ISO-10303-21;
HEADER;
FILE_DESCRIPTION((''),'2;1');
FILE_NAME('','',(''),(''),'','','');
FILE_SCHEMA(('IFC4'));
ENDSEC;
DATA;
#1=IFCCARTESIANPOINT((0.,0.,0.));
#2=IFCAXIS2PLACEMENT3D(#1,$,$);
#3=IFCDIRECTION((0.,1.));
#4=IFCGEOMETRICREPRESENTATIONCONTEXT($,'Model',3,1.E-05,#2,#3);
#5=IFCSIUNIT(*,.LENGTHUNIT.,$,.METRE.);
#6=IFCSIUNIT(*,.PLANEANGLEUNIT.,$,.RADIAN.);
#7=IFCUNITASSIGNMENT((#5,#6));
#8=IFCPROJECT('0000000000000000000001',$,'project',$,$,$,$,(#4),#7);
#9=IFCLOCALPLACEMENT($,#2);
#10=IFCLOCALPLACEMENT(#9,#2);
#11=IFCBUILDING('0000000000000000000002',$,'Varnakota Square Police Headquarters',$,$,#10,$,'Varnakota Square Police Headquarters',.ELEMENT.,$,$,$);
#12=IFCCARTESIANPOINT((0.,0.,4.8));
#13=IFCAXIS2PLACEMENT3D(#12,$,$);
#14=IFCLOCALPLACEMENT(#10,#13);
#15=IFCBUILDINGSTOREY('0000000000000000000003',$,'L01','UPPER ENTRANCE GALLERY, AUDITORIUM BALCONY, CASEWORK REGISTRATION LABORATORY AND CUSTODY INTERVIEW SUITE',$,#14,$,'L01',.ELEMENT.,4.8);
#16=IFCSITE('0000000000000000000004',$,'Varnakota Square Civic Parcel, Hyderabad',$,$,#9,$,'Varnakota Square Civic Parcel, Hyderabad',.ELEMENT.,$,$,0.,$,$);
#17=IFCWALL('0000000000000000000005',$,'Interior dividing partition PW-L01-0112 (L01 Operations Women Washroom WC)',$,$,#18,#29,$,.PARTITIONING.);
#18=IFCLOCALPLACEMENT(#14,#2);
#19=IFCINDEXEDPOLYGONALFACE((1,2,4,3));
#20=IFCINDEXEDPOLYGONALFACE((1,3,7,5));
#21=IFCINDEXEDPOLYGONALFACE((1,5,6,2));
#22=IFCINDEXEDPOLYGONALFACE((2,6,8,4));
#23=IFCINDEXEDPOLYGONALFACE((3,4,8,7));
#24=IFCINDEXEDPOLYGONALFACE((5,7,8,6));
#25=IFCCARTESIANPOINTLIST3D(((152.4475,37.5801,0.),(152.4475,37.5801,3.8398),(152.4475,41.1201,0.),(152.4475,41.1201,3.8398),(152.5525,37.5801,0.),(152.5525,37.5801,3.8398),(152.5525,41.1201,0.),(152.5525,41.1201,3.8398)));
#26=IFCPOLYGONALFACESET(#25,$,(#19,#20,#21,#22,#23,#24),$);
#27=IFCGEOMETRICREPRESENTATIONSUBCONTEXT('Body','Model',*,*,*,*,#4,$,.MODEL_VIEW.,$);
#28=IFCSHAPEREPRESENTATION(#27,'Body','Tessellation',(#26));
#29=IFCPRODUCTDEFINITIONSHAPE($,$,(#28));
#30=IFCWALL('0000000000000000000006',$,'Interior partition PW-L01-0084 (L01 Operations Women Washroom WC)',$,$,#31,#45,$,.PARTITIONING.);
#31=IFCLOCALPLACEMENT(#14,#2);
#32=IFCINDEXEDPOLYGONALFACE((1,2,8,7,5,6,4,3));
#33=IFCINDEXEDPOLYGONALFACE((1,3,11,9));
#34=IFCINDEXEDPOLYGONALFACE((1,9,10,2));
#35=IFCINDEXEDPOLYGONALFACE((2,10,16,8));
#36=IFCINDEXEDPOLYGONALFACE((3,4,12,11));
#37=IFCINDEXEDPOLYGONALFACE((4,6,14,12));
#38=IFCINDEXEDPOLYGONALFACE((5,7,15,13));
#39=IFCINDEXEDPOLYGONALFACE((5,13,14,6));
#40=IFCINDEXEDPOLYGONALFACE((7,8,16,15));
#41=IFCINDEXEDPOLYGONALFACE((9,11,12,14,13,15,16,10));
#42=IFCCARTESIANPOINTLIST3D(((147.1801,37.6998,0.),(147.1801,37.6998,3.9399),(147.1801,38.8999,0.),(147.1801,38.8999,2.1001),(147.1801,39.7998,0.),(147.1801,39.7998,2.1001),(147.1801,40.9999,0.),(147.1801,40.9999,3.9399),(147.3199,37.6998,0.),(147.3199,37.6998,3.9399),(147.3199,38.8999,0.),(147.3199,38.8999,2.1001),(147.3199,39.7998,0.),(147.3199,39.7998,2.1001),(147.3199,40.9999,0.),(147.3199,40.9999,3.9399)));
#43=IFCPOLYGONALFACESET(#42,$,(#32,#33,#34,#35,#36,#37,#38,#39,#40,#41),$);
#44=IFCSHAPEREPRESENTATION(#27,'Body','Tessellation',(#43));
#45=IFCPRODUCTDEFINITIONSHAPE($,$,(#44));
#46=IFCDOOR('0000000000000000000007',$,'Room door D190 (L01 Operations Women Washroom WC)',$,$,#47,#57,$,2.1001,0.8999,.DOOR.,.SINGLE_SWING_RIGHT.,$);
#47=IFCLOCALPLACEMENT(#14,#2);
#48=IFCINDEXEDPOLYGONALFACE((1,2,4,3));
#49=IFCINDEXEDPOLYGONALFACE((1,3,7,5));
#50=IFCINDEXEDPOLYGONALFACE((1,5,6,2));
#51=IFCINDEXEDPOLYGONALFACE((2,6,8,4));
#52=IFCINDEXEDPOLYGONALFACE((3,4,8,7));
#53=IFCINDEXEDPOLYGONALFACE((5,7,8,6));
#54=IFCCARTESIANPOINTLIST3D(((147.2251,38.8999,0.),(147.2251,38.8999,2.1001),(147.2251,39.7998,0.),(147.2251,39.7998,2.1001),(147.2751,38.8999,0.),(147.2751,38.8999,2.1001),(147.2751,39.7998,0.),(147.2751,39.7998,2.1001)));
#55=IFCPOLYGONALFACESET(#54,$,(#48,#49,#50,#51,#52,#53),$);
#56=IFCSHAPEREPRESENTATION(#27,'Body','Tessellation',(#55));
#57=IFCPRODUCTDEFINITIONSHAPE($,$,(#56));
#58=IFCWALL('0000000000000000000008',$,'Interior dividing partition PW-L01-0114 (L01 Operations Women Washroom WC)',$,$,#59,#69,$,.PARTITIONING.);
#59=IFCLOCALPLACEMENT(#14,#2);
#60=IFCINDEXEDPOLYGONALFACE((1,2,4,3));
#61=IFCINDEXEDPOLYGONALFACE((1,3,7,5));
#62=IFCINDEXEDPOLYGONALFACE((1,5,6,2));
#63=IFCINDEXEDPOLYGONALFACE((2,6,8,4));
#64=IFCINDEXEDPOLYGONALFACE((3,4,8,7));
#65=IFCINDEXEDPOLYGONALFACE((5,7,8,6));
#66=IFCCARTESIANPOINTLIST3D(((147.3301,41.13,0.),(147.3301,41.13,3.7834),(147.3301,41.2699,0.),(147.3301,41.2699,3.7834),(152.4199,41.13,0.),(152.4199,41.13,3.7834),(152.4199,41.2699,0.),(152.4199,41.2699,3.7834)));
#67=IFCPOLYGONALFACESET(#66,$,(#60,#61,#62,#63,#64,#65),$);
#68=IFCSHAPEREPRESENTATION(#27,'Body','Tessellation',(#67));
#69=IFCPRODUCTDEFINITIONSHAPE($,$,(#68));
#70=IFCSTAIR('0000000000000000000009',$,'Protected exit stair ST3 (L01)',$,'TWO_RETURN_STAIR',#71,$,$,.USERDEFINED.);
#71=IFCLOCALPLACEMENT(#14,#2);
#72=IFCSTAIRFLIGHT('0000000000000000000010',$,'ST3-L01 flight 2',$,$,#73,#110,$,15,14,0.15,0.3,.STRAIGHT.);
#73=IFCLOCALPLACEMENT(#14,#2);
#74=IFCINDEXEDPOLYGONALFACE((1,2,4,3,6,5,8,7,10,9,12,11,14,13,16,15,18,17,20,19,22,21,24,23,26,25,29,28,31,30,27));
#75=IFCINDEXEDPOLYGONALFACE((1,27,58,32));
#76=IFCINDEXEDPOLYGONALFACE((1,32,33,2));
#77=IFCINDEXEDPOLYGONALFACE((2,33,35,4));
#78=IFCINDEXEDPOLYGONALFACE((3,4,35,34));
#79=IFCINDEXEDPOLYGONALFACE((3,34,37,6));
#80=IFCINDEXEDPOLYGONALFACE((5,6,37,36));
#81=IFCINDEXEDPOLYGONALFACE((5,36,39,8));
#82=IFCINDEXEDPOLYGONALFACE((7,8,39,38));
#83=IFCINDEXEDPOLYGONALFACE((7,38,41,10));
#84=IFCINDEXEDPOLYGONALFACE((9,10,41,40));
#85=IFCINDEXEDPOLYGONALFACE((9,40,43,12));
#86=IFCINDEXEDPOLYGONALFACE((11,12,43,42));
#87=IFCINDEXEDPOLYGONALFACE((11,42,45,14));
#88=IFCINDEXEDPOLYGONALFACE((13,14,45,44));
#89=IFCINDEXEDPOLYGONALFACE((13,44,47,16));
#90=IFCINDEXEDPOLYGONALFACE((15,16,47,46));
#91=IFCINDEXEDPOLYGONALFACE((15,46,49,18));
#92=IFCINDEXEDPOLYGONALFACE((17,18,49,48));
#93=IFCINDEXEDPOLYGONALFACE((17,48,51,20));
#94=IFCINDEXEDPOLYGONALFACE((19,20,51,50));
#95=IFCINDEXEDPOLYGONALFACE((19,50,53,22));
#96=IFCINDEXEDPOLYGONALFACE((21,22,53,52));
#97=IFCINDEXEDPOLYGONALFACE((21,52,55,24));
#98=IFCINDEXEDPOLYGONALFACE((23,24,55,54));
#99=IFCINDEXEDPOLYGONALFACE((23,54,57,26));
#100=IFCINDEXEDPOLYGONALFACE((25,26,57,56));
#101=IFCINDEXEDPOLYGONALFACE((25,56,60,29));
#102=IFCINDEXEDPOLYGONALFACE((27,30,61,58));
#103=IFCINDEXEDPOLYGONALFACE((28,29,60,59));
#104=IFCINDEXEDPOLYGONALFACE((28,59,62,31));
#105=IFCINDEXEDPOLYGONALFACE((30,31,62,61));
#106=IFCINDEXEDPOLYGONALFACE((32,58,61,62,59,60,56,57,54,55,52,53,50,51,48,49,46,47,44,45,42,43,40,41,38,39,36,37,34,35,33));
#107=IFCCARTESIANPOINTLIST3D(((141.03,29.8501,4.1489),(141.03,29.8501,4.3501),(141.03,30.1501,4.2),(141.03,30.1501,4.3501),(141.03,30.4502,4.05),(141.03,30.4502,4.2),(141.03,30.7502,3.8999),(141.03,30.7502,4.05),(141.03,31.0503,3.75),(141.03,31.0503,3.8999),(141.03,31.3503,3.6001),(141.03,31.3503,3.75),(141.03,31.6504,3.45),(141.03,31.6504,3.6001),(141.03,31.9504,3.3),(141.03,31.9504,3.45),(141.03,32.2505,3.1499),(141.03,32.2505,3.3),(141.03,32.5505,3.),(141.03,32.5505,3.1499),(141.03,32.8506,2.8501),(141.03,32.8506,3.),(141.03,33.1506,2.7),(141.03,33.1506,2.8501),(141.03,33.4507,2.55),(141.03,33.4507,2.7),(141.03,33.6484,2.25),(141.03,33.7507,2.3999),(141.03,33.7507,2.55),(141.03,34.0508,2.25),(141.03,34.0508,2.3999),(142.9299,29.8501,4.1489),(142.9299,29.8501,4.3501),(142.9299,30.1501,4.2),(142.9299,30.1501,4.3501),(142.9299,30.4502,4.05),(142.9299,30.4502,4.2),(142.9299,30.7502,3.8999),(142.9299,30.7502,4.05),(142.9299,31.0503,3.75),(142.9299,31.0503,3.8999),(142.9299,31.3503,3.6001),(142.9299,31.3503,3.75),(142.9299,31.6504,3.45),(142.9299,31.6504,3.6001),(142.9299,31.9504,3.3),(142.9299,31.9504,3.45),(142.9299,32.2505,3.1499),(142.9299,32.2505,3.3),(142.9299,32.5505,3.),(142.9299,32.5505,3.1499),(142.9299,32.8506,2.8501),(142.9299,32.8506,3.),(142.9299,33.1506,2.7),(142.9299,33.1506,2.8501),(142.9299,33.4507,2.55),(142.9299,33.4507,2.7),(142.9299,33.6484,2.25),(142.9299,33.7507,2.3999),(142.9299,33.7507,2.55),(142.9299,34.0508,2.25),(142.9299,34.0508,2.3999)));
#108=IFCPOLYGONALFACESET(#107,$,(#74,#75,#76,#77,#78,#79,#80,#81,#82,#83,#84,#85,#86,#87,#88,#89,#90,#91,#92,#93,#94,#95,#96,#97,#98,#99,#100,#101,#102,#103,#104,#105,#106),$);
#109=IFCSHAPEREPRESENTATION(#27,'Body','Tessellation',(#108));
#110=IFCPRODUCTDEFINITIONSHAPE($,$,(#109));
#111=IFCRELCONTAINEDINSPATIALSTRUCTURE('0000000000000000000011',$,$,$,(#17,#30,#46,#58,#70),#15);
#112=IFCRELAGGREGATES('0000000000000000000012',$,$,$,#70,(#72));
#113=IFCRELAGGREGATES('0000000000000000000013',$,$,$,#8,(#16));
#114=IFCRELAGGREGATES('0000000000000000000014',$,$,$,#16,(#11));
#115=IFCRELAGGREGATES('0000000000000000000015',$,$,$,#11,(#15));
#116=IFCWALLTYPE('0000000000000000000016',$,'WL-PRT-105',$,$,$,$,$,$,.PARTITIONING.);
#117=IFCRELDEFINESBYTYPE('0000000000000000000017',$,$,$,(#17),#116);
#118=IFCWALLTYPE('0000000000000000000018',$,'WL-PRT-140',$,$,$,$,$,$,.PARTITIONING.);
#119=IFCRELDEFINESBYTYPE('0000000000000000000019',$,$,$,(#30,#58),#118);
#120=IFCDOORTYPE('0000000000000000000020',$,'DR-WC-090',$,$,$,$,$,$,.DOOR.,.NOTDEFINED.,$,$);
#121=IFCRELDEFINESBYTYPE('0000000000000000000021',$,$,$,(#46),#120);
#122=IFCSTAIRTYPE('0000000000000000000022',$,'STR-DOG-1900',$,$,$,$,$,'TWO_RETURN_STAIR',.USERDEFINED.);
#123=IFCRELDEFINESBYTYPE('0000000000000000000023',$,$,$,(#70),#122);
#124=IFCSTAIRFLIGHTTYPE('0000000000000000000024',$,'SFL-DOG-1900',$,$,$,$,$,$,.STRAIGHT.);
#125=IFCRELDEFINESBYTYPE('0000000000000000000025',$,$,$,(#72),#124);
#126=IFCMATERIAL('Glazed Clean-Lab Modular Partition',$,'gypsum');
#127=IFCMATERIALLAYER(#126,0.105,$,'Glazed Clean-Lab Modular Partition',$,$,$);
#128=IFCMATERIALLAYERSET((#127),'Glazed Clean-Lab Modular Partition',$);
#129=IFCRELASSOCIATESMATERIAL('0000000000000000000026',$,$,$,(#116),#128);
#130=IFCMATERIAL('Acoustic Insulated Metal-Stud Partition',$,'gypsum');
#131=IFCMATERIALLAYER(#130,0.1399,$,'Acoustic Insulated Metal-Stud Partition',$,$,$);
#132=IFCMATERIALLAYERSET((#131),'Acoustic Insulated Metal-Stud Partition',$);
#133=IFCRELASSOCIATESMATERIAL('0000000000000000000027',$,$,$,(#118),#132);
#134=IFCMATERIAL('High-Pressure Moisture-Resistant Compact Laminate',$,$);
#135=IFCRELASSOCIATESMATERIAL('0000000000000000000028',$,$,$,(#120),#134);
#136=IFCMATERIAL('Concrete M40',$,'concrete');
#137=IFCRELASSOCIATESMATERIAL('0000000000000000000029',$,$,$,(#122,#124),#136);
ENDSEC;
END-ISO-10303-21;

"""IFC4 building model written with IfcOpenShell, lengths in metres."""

from ifc_helpers import new_model, si_unit, direction, frame, frame_2d, origin, place, context, subcontext, project, spatial, polyline, rectangle, outline, extrude, material, layer, layer_set, type_object, element, fill, aggregate, save


model = new_model("IFC4")

# Units and contexts
model_context = context("Model", 3, precision=1e-05, world=origin(), true_north=direction((0.0, 1.0)))
body_context = subcontext(model_context, "Body", "Model", "MODEL_VIEW")
ifc_project = project(units=[si_unit("LENGTHUNIT", "METRE"), si_unit("PLANEANGLEUNIT", "RADIAN")], contexts=[model_context])

# Site, building, storey
site_placement = place(None, origin())
site = spatial("IfcSite", under=ifc_project, at=site_placement, Name="Varnakota Square Civic Parcel, Hyderabad", LongName="Varnakota Square Civic Parcel, Hyderabad", CompositionType="ELEMENT", RefElevation=0.0)
building_placement = place(site_placement, origin())
building = spatial("IfcBuilding", under=site, at=building_placement, Name="Varnakota Square Police Headquarters", LongName="Varnakota Square Police Headquarters", CompositionType="ELEMENT")
storey_placement = place(building_placement, frame((0.0, 0.0, 4.8)))
storey = spatial("IfcBuildingStorey", under=building, at=storey_placement, Name="L01", Description="UPPER ENTRANCE GALLERY, AUDITORIUM BALCONY, CASEWORK REGISTRATION LABORATORY AND CUSTODY INTERVIEW SUITE", LongName="L01", CompositionType="ELEMENT", Elevation=4.8)

# Wall
ifc_material_1 = material(Name="Glazed Clean-Lab Modular Partition", Category="gypsum")
ifc_layer_1 = layer(ifc_material_1, 0.105, Name="Glazed Clean-Lab Modular Partition")
ifc_layer_set_1 = layer_set([ifc_layer_1], Name="Glazed Clean-Lab Modular Partition")
wall_type_1 = type_object("IfcWallType", Name="WL-PRT-105", PredefinedType="PARTITIONING", material=ifc_layer_set_1)
wall_1_placement = place(storey_placement, frame((152.5, 41.1201, 0.0), z_axis=(0.0, 0.0, 1.0), x_axis=(0.0, -1.0, 0.0)))
element("IfcWall", 1, at=wall_1_placement, inside=storey, type_object=wall_type_1, Name="Interior dividing partition PW-L01-0112 (L01 Operations Women Washroom WC)", PredefinedType="PARTITIONING", context=body_context, shape_type="SweptSolid", body=[
    extrude(rectangle(XDim=3.54, YDim=0.105, at=frame_2d((1.77, 0.0))), origin(), (0.0, 0.0, 1.0), 3.8398),
])

# Wall, opening, door
ifc_material_2 = material(Name="Acoustic Insulated Metal-Stud Partition", Category="gypsum")
ifc_layer_2 = layer(ifc_material_2, 0.1399, Name="Acoustic Insulated Metal-Stud Partition")
ifc_layer_set_2 = layer_set([ifc_layer_2], Name="Acoustic Insulated Metal-Stud Partition")
wall_type_2 = type_object("IfcWallType", Name="WL-PRT-140", PredefinedType="PARTITIONING", material=ifc_layer_set_2)
wall_2_placement = place(storey_placement, frame((147.25, 37.7, 0.0), z_axis=(0.0, 0.0, 1.0), x_axis=(0.0, 1.0, 0.0)))
wall_2 = element("IfcWall", 2, at=wall_2_placement, inside=storey, type_object=wall_type_2, Name="Interior partition PW-L01-0084 (L01 Operations Women Washroom WC)", PredefinedType="PARTITIONING", context=body_context, shape_type="SweptSolid", body=[
    extrude(rectangle(XDim=3.3, YDim=0.1399, at=frame_2d((1.6499, 0.0))), origin(), (0.0, 0.0, 1.0), 3.9399),
])
opening_placement = place(wall_2_placement, frame((1.2, 0.0, 0.0)))
opening = element("IfcOpeningElement", 3, at=opening_placement, cuts=wall_2, PredefinedType="OPENING", context=body_context, shape_type="SweptSolid", body=[
    extrude(rectangle(XDim=0.8999, YDim=2.1001, at=frame_2d((0.45, 1.05))), frame((0.0, 0.0798, 0.0), z_axis=(0.0, -1.0, 0.0), x_axis=(1.0, 0.0, 0.0)), (0.0, 0.0, 1.0), 0.1599),
])
ifc_material_3 = material(Name="High-Pressure Moisture-Resistant Compact Laminate")
door_type = type_object("IfcDoorType", Name="DR-WC-090", OperationType="NOTDEFINED", PredefinedType="DOOR", material=ifc_material_3)
door_placement = place(opening_placement, origin())
door = element("IfcDoor", 4, at=door_placement, inside=storey, type_object=door_type, Name="Room door D190 (L01 Operations Women Washroom WC)", OperationType="SINGLE_SWING_RIGHT", OverallHeight=2.1001, OverallWidth=0.8999, PredefinedType="DOOR", context=body_context, shape_type="SweptSolid", body=[
    extrude(rectangle(XDim=0.8999, YDim=2.1001, at=frame_2d((0.45, 1.05))), frame((0.0, 0.0249, 0.0), z_axis=(0.0, -1.0, 0.0), x_axis=(1.0, 0.0, 0.0)), (0.0, 0.0, 1.0), 0.05),
])
fill(opening, door)

# Wall
wall_3_placement = place(storey_placement, frame((147.3301, 41.2, 0.0), z_axis=(0.0, 0.0, 1.0), x_axis=(1.0, 0.0, 0.0)))
element("IfcWall", 5, at=wall_3_placement, inside=storey, type_object=wall_type_2, Name="Interior dividing partition PW-L01-0114 (L01 Operations Women Washroom WC)", PredefinedType="PARTITIONING", context=body_context, shape_type="SweptSolid", body=[
    extrude(rectangle(XDim=5.0898, YDim=0.1399, at=frame_2d((2.5449, 0.0))), origin(), (0.0, 0.0, 1.0), 3.7834),
])

# Stair, stair flight
ifc_material_4 = material(Name="Concrete M40", Category="concrete")
stair_type = type_object("IfcStairType", Name="STR-DOG-1900", ElementType="TWO_RETURN_STAIR", PredefinedType="USERDEFINED", material=ifc_material_4)
stair_placement = place(storey_placement, origin())
stair = element("IfcStair", 6, at=stair_placement, inside=storey, type_object=stair_type, Name="Protected exit stair ST3 (L01)", ObjectType="TWO_RETURN_STAIR", PredefinedType="USERDEFINED")
stair_flight_type = type_object("IfcStairFlightType", Name="SFL-DOG-1900", PredefinedType="STRAIGHT", material=ifc_material_4)
stair_flight_placement = place(storey_placement, frame((141.98, 34.0508, 2.25), z_axis=(0.0, 0.0, 1.0), x_axis=(0.0, -1.0, 0.0)))
stair_flight = element("IfcStairFlight", 7, at=stair_flight_placement, type_object=stair_flight_type, Name="ST3-L01 flight 2", NumberOfRisers=15, NumberOfTreads=14, PredefinedType="STRAIGHT", RiserHeight=0.15, TreadLength=0.3, context=body_context, shape_type="SweptSolid", body=[
    extrude(outline(polyline([(0.0, 0.0), (0.0, 0.1499), (0.3, 0.1499), (0.3, 0.3), (0.6001, 0.3), (0.6001, 0.45), (0.9001, 0.45), (0.9001, 0.6001), (1.2002, 0.6001), (1.2002, 0.75), (1.5002, 0.75), (1.5002, 0.8999), (1.8003, 0.8999), (1.8003, 1.05), (2.1003, 1.05), (2.1003, 1.2), (2.4004, 1.2), (2.4004, 1.3501), (2.7004, 1.3501), (2.7004, 1.5), (3.0005, 1.5), (3.0005, 1.6499), (3.3005, 1.6499), (3.3005, 1.8), (3.6006, 1.8), (3.6006, 1.95), (3.9006, 1.95), (3.9006, 2.1001), (4.2007, 2.1001), (4.2007, 2.25), (4.2007, 1.8989), (0.4023, 0.0), (0.0, 0.0)])), frame((0.0, 0.95, 0.0), z_axis=(0.0, -1.0, 0.0), x_axis=(1.0, 0.0, 0.0)), (0.0, 0.0, 1.0), 1.8999),
])
aggregate(stair, [stair_flight])

save(model, "model.ifc")
